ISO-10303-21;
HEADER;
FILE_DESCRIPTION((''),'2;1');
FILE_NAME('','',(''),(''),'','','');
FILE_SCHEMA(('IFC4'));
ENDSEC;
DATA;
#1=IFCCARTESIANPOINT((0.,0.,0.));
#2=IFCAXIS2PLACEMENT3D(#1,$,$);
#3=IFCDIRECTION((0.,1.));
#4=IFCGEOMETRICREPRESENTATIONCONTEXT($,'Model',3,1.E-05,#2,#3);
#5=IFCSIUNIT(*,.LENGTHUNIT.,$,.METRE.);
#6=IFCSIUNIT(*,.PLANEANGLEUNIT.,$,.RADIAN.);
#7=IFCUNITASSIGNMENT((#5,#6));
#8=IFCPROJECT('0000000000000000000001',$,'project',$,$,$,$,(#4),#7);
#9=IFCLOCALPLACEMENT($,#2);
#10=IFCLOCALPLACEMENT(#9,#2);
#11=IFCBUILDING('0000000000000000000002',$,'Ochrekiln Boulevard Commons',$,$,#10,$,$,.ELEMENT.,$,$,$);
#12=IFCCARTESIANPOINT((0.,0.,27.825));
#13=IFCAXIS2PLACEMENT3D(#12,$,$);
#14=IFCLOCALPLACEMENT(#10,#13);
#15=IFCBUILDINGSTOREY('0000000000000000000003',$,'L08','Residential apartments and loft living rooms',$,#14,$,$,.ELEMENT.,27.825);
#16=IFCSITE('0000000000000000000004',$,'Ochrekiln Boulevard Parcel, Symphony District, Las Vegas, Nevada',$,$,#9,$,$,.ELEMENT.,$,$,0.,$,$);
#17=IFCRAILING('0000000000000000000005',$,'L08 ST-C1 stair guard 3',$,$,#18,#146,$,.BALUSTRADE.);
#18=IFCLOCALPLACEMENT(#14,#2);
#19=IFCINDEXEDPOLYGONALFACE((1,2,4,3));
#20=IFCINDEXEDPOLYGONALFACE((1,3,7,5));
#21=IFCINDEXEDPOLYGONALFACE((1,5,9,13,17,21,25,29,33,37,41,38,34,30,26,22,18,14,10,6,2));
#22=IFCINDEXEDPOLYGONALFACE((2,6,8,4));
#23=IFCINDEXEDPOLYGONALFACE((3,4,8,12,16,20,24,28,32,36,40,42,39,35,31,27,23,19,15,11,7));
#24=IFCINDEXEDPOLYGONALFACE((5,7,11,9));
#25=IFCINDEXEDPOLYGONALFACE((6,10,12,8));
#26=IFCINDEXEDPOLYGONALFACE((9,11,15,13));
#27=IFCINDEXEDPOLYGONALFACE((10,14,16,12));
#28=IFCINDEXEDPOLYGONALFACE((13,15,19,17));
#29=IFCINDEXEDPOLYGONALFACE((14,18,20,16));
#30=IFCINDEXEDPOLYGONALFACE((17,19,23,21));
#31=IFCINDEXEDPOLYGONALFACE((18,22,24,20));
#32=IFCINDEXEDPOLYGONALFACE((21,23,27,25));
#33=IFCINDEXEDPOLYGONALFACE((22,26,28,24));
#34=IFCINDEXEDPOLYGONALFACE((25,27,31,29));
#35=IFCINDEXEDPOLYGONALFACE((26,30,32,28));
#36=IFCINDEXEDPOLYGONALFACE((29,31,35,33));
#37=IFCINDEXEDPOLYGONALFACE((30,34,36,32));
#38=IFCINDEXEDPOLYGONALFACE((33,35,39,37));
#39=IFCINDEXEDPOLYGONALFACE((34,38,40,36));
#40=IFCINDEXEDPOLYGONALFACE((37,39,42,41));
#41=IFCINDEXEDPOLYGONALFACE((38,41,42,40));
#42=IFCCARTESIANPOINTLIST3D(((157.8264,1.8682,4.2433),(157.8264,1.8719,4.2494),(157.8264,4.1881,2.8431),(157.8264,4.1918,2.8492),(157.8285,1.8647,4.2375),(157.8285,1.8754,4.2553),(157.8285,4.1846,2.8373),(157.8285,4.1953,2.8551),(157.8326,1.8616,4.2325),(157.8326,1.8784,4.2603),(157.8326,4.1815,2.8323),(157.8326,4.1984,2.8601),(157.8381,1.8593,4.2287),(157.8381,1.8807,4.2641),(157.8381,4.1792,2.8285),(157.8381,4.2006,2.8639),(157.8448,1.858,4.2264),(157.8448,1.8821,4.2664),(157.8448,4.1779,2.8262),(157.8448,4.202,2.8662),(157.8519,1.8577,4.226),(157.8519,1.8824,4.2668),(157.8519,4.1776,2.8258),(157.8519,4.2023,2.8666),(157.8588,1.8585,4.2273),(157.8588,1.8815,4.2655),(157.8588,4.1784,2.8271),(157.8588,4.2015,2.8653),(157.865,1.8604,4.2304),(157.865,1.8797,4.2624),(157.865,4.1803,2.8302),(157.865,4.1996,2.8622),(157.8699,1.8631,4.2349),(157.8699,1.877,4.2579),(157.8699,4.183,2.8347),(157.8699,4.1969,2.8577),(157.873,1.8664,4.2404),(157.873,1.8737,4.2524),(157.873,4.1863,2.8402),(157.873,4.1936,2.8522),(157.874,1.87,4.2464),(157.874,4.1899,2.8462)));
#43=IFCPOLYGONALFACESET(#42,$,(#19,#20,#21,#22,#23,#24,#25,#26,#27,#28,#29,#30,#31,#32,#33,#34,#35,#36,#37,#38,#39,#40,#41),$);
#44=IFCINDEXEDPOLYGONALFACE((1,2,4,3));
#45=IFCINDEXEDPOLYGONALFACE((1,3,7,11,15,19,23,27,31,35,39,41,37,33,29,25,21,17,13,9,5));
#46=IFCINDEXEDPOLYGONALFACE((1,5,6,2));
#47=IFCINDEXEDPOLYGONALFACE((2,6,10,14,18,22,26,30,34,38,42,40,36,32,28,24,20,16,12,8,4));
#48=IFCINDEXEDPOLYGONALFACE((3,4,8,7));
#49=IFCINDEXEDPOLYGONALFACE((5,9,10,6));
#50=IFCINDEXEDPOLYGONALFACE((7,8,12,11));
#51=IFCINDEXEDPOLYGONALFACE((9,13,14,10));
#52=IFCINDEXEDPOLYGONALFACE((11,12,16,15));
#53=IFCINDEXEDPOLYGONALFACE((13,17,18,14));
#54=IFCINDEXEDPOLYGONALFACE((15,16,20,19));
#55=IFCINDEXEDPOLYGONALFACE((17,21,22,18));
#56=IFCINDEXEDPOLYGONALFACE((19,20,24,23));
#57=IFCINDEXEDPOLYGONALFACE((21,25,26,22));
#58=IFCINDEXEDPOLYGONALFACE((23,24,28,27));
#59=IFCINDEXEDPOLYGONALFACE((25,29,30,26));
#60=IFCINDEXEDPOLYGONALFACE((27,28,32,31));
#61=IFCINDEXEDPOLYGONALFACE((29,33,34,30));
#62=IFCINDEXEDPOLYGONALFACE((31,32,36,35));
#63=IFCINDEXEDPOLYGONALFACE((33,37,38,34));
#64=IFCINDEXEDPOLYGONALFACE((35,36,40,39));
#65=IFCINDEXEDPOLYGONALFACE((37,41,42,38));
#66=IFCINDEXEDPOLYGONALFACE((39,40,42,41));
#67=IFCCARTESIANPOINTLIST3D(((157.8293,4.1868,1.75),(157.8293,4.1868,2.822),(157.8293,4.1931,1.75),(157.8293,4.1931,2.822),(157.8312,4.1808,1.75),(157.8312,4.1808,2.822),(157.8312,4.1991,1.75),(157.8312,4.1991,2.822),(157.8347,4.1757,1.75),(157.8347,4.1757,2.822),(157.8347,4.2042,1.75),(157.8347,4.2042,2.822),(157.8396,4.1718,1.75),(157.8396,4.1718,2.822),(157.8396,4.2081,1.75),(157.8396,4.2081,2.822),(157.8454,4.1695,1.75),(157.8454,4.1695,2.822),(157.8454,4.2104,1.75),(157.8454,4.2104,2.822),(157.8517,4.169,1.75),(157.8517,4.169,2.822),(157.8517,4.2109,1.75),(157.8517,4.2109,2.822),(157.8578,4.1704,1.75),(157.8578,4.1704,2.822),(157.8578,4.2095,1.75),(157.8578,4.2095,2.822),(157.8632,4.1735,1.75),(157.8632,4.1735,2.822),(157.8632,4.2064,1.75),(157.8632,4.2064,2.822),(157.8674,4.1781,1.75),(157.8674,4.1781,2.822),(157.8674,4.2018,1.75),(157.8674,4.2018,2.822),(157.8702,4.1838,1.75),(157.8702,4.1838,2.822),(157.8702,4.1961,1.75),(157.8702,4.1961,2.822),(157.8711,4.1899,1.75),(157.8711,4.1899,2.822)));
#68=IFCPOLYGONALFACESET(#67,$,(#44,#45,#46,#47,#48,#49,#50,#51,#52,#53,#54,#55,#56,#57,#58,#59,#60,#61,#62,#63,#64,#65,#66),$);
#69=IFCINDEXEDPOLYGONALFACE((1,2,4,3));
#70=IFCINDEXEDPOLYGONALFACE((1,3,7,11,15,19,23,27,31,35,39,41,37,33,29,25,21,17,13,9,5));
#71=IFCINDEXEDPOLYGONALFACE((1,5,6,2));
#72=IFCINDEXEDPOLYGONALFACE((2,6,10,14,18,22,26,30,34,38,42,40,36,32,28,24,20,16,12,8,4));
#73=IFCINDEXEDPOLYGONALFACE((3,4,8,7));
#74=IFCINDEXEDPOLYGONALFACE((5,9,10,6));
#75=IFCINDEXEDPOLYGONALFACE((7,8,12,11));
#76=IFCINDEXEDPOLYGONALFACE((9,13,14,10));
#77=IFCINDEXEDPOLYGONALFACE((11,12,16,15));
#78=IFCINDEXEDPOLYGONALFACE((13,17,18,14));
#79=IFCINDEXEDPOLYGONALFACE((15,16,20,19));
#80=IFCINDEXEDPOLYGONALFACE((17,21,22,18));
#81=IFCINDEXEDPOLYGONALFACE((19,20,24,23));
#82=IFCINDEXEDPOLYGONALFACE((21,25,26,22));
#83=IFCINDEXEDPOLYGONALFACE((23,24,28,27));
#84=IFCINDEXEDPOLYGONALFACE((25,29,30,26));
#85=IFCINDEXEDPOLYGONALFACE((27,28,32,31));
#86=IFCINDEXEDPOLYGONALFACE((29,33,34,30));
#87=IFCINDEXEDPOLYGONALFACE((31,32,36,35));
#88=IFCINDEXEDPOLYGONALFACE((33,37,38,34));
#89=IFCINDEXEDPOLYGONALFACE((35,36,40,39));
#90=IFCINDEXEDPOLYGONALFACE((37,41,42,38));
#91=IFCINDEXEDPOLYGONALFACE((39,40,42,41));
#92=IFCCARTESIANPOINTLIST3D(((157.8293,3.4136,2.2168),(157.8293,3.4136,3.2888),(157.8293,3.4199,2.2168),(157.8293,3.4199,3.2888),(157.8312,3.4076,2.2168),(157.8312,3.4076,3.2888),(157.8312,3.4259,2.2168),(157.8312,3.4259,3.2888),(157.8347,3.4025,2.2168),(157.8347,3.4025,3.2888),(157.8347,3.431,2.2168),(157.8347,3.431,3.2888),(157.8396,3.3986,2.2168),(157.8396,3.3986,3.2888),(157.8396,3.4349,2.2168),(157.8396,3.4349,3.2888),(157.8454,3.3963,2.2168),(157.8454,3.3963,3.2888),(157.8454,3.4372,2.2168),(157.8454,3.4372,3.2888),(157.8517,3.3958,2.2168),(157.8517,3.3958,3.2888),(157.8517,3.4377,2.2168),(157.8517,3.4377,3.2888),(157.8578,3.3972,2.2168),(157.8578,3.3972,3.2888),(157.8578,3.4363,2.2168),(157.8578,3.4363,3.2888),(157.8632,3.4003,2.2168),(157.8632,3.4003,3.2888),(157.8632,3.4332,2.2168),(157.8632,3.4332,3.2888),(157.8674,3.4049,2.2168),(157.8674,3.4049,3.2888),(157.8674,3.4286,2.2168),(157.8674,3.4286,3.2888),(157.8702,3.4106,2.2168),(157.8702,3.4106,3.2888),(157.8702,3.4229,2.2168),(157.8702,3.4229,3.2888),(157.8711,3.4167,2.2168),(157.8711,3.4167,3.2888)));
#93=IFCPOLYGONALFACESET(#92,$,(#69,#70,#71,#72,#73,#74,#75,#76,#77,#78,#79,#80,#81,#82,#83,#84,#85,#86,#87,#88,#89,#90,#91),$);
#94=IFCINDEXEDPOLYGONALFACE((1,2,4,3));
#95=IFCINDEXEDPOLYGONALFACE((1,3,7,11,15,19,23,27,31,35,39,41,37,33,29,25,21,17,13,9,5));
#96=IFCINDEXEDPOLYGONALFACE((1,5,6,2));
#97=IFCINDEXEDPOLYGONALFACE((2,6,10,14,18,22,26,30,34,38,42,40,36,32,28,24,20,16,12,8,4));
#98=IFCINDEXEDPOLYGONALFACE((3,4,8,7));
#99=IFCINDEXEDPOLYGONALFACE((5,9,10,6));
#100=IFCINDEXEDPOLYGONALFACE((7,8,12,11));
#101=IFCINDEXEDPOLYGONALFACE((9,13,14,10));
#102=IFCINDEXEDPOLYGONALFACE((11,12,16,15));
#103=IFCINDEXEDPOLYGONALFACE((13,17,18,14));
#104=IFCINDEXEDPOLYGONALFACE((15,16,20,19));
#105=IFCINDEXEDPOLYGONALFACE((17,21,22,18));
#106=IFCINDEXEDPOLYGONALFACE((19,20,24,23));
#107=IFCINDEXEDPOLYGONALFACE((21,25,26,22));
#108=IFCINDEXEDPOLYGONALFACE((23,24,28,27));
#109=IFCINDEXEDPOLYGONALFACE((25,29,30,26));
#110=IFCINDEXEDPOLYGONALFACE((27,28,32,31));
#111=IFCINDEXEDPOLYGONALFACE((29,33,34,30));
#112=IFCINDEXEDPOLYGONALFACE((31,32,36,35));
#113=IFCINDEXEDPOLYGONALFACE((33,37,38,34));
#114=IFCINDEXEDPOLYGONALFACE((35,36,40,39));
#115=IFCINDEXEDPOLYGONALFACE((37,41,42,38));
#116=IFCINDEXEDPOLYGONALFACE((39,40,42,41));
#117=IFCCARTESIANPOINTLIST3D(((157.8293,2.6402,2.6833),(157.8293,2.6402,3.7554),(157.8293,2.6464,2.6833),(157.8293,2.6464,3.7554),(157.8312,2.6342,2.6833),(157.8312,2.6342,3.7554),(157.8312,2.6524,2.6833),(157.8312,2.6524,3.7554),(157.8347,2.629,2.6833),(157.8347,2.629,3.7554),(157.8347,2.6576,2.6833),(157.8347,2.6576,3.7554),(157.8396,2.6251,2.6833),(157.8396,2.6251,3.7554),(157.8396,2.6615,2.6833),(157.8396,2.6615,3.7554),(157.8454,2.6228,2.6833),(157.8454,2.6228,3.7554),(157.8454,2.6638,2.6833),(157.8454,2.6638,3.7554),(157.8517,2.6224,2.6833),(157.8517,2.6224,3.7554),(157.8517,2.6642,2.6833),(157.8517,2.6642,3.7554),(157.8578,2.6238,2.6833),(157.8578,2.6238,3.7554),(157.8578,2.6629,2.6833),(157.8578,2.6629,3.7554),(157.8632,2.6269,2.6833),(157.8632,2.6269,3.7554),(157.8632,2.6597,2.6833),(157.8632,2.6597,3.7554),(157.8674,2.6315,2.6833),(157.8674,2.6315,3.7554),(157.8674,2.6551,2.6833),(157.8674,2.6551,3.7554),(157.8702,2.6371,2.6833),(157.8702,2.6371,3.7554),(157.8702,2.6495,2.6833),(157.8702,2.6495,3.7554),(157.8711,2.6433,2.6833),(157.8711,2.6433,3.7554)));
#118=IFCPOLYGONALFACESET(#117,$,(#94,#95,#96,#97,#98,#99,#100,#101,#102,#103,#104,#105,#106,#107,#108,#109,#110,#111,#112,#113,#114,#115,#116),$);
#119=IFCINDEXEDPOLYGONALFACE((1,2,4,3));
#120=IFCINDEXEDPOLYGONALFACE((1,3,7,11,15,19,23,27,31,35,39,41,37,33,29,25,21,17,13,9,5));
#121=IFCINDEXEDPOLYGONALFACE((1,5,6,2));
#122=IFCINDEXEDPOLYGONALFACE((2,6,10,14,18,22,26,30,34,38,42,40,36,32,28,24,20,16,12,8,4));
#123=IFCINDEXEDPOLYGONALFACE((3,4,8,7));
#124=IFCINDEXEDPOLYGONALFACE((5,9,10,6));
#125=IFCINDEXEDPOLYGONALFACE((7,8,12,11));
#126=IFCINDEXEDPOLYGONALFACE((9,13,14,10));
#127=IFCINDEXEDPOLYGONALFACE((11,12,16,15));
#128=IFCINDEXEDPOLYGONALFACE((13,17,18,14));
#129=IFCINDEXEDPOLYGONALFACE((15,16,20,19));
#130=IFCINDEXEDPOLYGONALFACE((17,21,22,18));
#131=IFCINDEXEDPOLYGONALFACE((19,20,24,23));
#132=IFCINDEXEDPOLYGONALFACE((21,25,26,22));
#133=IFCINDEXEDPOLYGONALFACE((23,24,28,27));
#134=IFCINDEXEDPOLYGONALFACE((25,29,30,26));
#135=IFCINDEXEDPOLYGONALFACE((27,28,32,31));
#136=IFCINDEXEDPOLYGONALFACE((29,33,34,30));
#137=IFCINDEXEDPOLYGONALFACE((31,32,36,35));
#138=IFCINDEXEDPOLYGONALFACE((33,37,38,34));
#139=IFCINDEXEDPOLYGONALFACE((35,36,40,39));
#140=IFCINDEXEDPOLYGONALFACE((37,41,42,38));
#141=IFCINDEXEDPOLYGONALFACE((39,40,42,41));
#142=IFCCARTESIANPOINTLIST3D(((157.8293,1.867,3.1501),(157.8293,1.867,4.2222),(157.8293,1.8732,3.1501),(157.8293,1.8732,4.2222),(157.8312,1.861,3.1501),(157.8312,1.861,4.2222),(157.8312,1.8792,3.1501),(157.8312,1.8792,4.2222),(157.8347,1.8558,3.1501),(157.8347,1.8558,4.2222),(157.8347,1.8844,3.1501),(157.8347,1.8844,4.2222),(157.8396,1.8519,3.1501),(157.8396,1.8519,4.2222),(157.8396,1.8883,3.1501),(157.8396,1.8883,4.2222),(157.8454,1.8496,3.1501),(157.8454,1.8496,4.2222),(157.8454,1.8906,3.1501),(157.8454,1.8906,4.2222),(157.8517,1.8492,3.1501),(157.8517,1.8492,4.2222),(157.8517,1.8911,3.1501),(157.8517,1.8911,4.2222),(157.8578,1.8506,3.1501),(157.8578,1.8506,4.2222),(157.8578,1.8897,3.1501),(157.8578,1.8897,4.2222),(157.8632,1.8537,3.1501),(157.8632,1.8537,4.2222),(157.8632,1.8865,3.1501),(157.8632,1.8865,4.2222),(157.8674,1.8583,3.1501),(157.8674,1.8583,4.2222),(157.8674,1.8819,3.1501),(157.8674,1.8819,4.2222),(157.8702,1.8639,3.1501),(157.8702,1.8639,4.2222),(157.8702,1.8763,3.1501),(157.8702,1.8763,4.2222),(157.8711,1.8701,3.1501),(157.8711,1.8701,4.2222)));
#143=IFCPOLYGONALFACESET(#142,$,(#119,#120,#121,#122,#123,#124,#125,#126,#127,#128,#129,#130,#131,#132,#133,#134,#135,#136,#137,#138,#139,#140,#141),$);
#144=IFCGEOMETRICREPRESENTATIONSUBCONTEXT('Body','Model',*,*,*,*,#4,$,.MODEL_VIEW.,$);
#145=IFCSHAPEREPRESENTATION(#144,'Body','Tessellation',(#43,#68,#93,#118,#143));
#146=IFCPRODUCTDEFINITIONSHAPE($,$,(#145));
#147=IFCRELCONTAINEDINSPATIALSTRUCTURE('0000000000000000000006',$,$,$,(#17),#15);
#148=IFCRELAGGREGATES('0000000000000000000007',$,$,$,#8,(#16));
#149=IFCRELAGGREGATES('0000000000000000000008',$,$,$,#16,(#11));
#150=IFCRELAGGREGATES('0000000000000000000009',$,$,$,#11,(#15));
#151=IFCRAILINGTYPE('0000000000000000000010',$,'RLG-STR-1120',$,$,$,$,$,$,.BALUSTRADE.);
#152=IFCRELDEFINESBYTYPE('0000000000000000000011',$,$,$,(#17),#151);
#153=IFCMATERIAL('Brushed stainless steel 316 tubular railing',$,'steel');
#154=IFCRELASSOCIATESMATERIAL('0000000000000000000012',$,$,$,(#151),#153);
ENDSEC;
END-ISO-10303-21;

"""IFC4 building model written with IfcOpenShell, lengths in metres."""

from ifc_helpers import new_model, si_unit, direction, frame, origin, origin_2d, place, context, subcontext, project, spatial, circle, extrude, material, type_object, element, save


model = new_model("IFC4")

# Units and contexts
model_context = context("Model", 3, precision=1e-05, world=origin(), true_north=direction((0.0, 1.0)))
body_context = subcontext(model_context, "Body", "Model", "MODEL_VIEW")
ifc_project = project(units=[si_unit("LENGTHUNIT", "METRE"), si_unit("PLANEANGLEUNIT", "RADIAN")], contexts=[model_context])

# Site, building, storey
site_placement = place(None, origin())
site = spatial("IfcSite", under=ifc_project, at=site_placement, Name="Ochrekiln Boulevard Parcel, Symphony District, Las Vegas, Nevada", CompositionType="ELEMENT", RefElevation=0.0)
building_placement = place(site_placement, origin())
building = spatial("IfcBuilding", under=site, at=building_placement, Name="Ochrekiln Boulevard Commons", CompositionType="ELEMENT")
storey_placement = place(building_placement, frame((0.0, 0.0, 27.825)))
storey = spatial("IfcBuildingStorey", under=building, at=storey_placement, Name="L08", Description="Residential apartments and loft living rooms", CompositionType="ELEMENT", Elevation=27.825)

# Railing
ifc_material_1 = material(Name="Brushed stainless steel 316 tubular railing", Category="steel")
railing_type_1 = type_object("IfcRailingType", Name="RLG-STR-1120", PredefinedType="BALUSTRADE", material=ifc_material_1)
railing_1_placement = place(storey_placement, frame((157.8501, 4.1899, 1.75)))
element("IfcRailing", 1, at=railing_1_placement, inside=storey, type_object=railing_type_1, Name="L08 ST-C1 stair guard 3", PredefinedType="BALUSTRADE", context=body_context, shape_type="SweptSolid", body=[
    extrude(circle(Radius=0.0239, at=origin_2d()), frame((0.0, 0.0, 1.0962), z_axis=(0.0, -0.856146, 0.516733), x_axis=(1.0, 0.0, 0.0)), (0.0, 0.0, 1.0), 2.7097),
    extrude(circle(Radius=0.021, at=origin_2d()), origin(), (0.0, 0.0, 1.0), 1.072),
    extrude(circle(Radius=0.021, at=origin_2d()), frame((0.0, -0.7732, 0.4668)), (0.0, 0.0, 1.0), 1.072),
    extrude(circle(Radius=0.021, at=origin_2d()), frame((0.0, -1.5466, 0.9333)), (0.0, 0.0, 1.0), 1.072),
    extrude(circle(Radius=0.021, at=origin_2d()), frame((0.0, -2.3198, 1.4001)), (0.0, 0.0, 1.0), 1.072),
])

save(model, "model.ifc")
